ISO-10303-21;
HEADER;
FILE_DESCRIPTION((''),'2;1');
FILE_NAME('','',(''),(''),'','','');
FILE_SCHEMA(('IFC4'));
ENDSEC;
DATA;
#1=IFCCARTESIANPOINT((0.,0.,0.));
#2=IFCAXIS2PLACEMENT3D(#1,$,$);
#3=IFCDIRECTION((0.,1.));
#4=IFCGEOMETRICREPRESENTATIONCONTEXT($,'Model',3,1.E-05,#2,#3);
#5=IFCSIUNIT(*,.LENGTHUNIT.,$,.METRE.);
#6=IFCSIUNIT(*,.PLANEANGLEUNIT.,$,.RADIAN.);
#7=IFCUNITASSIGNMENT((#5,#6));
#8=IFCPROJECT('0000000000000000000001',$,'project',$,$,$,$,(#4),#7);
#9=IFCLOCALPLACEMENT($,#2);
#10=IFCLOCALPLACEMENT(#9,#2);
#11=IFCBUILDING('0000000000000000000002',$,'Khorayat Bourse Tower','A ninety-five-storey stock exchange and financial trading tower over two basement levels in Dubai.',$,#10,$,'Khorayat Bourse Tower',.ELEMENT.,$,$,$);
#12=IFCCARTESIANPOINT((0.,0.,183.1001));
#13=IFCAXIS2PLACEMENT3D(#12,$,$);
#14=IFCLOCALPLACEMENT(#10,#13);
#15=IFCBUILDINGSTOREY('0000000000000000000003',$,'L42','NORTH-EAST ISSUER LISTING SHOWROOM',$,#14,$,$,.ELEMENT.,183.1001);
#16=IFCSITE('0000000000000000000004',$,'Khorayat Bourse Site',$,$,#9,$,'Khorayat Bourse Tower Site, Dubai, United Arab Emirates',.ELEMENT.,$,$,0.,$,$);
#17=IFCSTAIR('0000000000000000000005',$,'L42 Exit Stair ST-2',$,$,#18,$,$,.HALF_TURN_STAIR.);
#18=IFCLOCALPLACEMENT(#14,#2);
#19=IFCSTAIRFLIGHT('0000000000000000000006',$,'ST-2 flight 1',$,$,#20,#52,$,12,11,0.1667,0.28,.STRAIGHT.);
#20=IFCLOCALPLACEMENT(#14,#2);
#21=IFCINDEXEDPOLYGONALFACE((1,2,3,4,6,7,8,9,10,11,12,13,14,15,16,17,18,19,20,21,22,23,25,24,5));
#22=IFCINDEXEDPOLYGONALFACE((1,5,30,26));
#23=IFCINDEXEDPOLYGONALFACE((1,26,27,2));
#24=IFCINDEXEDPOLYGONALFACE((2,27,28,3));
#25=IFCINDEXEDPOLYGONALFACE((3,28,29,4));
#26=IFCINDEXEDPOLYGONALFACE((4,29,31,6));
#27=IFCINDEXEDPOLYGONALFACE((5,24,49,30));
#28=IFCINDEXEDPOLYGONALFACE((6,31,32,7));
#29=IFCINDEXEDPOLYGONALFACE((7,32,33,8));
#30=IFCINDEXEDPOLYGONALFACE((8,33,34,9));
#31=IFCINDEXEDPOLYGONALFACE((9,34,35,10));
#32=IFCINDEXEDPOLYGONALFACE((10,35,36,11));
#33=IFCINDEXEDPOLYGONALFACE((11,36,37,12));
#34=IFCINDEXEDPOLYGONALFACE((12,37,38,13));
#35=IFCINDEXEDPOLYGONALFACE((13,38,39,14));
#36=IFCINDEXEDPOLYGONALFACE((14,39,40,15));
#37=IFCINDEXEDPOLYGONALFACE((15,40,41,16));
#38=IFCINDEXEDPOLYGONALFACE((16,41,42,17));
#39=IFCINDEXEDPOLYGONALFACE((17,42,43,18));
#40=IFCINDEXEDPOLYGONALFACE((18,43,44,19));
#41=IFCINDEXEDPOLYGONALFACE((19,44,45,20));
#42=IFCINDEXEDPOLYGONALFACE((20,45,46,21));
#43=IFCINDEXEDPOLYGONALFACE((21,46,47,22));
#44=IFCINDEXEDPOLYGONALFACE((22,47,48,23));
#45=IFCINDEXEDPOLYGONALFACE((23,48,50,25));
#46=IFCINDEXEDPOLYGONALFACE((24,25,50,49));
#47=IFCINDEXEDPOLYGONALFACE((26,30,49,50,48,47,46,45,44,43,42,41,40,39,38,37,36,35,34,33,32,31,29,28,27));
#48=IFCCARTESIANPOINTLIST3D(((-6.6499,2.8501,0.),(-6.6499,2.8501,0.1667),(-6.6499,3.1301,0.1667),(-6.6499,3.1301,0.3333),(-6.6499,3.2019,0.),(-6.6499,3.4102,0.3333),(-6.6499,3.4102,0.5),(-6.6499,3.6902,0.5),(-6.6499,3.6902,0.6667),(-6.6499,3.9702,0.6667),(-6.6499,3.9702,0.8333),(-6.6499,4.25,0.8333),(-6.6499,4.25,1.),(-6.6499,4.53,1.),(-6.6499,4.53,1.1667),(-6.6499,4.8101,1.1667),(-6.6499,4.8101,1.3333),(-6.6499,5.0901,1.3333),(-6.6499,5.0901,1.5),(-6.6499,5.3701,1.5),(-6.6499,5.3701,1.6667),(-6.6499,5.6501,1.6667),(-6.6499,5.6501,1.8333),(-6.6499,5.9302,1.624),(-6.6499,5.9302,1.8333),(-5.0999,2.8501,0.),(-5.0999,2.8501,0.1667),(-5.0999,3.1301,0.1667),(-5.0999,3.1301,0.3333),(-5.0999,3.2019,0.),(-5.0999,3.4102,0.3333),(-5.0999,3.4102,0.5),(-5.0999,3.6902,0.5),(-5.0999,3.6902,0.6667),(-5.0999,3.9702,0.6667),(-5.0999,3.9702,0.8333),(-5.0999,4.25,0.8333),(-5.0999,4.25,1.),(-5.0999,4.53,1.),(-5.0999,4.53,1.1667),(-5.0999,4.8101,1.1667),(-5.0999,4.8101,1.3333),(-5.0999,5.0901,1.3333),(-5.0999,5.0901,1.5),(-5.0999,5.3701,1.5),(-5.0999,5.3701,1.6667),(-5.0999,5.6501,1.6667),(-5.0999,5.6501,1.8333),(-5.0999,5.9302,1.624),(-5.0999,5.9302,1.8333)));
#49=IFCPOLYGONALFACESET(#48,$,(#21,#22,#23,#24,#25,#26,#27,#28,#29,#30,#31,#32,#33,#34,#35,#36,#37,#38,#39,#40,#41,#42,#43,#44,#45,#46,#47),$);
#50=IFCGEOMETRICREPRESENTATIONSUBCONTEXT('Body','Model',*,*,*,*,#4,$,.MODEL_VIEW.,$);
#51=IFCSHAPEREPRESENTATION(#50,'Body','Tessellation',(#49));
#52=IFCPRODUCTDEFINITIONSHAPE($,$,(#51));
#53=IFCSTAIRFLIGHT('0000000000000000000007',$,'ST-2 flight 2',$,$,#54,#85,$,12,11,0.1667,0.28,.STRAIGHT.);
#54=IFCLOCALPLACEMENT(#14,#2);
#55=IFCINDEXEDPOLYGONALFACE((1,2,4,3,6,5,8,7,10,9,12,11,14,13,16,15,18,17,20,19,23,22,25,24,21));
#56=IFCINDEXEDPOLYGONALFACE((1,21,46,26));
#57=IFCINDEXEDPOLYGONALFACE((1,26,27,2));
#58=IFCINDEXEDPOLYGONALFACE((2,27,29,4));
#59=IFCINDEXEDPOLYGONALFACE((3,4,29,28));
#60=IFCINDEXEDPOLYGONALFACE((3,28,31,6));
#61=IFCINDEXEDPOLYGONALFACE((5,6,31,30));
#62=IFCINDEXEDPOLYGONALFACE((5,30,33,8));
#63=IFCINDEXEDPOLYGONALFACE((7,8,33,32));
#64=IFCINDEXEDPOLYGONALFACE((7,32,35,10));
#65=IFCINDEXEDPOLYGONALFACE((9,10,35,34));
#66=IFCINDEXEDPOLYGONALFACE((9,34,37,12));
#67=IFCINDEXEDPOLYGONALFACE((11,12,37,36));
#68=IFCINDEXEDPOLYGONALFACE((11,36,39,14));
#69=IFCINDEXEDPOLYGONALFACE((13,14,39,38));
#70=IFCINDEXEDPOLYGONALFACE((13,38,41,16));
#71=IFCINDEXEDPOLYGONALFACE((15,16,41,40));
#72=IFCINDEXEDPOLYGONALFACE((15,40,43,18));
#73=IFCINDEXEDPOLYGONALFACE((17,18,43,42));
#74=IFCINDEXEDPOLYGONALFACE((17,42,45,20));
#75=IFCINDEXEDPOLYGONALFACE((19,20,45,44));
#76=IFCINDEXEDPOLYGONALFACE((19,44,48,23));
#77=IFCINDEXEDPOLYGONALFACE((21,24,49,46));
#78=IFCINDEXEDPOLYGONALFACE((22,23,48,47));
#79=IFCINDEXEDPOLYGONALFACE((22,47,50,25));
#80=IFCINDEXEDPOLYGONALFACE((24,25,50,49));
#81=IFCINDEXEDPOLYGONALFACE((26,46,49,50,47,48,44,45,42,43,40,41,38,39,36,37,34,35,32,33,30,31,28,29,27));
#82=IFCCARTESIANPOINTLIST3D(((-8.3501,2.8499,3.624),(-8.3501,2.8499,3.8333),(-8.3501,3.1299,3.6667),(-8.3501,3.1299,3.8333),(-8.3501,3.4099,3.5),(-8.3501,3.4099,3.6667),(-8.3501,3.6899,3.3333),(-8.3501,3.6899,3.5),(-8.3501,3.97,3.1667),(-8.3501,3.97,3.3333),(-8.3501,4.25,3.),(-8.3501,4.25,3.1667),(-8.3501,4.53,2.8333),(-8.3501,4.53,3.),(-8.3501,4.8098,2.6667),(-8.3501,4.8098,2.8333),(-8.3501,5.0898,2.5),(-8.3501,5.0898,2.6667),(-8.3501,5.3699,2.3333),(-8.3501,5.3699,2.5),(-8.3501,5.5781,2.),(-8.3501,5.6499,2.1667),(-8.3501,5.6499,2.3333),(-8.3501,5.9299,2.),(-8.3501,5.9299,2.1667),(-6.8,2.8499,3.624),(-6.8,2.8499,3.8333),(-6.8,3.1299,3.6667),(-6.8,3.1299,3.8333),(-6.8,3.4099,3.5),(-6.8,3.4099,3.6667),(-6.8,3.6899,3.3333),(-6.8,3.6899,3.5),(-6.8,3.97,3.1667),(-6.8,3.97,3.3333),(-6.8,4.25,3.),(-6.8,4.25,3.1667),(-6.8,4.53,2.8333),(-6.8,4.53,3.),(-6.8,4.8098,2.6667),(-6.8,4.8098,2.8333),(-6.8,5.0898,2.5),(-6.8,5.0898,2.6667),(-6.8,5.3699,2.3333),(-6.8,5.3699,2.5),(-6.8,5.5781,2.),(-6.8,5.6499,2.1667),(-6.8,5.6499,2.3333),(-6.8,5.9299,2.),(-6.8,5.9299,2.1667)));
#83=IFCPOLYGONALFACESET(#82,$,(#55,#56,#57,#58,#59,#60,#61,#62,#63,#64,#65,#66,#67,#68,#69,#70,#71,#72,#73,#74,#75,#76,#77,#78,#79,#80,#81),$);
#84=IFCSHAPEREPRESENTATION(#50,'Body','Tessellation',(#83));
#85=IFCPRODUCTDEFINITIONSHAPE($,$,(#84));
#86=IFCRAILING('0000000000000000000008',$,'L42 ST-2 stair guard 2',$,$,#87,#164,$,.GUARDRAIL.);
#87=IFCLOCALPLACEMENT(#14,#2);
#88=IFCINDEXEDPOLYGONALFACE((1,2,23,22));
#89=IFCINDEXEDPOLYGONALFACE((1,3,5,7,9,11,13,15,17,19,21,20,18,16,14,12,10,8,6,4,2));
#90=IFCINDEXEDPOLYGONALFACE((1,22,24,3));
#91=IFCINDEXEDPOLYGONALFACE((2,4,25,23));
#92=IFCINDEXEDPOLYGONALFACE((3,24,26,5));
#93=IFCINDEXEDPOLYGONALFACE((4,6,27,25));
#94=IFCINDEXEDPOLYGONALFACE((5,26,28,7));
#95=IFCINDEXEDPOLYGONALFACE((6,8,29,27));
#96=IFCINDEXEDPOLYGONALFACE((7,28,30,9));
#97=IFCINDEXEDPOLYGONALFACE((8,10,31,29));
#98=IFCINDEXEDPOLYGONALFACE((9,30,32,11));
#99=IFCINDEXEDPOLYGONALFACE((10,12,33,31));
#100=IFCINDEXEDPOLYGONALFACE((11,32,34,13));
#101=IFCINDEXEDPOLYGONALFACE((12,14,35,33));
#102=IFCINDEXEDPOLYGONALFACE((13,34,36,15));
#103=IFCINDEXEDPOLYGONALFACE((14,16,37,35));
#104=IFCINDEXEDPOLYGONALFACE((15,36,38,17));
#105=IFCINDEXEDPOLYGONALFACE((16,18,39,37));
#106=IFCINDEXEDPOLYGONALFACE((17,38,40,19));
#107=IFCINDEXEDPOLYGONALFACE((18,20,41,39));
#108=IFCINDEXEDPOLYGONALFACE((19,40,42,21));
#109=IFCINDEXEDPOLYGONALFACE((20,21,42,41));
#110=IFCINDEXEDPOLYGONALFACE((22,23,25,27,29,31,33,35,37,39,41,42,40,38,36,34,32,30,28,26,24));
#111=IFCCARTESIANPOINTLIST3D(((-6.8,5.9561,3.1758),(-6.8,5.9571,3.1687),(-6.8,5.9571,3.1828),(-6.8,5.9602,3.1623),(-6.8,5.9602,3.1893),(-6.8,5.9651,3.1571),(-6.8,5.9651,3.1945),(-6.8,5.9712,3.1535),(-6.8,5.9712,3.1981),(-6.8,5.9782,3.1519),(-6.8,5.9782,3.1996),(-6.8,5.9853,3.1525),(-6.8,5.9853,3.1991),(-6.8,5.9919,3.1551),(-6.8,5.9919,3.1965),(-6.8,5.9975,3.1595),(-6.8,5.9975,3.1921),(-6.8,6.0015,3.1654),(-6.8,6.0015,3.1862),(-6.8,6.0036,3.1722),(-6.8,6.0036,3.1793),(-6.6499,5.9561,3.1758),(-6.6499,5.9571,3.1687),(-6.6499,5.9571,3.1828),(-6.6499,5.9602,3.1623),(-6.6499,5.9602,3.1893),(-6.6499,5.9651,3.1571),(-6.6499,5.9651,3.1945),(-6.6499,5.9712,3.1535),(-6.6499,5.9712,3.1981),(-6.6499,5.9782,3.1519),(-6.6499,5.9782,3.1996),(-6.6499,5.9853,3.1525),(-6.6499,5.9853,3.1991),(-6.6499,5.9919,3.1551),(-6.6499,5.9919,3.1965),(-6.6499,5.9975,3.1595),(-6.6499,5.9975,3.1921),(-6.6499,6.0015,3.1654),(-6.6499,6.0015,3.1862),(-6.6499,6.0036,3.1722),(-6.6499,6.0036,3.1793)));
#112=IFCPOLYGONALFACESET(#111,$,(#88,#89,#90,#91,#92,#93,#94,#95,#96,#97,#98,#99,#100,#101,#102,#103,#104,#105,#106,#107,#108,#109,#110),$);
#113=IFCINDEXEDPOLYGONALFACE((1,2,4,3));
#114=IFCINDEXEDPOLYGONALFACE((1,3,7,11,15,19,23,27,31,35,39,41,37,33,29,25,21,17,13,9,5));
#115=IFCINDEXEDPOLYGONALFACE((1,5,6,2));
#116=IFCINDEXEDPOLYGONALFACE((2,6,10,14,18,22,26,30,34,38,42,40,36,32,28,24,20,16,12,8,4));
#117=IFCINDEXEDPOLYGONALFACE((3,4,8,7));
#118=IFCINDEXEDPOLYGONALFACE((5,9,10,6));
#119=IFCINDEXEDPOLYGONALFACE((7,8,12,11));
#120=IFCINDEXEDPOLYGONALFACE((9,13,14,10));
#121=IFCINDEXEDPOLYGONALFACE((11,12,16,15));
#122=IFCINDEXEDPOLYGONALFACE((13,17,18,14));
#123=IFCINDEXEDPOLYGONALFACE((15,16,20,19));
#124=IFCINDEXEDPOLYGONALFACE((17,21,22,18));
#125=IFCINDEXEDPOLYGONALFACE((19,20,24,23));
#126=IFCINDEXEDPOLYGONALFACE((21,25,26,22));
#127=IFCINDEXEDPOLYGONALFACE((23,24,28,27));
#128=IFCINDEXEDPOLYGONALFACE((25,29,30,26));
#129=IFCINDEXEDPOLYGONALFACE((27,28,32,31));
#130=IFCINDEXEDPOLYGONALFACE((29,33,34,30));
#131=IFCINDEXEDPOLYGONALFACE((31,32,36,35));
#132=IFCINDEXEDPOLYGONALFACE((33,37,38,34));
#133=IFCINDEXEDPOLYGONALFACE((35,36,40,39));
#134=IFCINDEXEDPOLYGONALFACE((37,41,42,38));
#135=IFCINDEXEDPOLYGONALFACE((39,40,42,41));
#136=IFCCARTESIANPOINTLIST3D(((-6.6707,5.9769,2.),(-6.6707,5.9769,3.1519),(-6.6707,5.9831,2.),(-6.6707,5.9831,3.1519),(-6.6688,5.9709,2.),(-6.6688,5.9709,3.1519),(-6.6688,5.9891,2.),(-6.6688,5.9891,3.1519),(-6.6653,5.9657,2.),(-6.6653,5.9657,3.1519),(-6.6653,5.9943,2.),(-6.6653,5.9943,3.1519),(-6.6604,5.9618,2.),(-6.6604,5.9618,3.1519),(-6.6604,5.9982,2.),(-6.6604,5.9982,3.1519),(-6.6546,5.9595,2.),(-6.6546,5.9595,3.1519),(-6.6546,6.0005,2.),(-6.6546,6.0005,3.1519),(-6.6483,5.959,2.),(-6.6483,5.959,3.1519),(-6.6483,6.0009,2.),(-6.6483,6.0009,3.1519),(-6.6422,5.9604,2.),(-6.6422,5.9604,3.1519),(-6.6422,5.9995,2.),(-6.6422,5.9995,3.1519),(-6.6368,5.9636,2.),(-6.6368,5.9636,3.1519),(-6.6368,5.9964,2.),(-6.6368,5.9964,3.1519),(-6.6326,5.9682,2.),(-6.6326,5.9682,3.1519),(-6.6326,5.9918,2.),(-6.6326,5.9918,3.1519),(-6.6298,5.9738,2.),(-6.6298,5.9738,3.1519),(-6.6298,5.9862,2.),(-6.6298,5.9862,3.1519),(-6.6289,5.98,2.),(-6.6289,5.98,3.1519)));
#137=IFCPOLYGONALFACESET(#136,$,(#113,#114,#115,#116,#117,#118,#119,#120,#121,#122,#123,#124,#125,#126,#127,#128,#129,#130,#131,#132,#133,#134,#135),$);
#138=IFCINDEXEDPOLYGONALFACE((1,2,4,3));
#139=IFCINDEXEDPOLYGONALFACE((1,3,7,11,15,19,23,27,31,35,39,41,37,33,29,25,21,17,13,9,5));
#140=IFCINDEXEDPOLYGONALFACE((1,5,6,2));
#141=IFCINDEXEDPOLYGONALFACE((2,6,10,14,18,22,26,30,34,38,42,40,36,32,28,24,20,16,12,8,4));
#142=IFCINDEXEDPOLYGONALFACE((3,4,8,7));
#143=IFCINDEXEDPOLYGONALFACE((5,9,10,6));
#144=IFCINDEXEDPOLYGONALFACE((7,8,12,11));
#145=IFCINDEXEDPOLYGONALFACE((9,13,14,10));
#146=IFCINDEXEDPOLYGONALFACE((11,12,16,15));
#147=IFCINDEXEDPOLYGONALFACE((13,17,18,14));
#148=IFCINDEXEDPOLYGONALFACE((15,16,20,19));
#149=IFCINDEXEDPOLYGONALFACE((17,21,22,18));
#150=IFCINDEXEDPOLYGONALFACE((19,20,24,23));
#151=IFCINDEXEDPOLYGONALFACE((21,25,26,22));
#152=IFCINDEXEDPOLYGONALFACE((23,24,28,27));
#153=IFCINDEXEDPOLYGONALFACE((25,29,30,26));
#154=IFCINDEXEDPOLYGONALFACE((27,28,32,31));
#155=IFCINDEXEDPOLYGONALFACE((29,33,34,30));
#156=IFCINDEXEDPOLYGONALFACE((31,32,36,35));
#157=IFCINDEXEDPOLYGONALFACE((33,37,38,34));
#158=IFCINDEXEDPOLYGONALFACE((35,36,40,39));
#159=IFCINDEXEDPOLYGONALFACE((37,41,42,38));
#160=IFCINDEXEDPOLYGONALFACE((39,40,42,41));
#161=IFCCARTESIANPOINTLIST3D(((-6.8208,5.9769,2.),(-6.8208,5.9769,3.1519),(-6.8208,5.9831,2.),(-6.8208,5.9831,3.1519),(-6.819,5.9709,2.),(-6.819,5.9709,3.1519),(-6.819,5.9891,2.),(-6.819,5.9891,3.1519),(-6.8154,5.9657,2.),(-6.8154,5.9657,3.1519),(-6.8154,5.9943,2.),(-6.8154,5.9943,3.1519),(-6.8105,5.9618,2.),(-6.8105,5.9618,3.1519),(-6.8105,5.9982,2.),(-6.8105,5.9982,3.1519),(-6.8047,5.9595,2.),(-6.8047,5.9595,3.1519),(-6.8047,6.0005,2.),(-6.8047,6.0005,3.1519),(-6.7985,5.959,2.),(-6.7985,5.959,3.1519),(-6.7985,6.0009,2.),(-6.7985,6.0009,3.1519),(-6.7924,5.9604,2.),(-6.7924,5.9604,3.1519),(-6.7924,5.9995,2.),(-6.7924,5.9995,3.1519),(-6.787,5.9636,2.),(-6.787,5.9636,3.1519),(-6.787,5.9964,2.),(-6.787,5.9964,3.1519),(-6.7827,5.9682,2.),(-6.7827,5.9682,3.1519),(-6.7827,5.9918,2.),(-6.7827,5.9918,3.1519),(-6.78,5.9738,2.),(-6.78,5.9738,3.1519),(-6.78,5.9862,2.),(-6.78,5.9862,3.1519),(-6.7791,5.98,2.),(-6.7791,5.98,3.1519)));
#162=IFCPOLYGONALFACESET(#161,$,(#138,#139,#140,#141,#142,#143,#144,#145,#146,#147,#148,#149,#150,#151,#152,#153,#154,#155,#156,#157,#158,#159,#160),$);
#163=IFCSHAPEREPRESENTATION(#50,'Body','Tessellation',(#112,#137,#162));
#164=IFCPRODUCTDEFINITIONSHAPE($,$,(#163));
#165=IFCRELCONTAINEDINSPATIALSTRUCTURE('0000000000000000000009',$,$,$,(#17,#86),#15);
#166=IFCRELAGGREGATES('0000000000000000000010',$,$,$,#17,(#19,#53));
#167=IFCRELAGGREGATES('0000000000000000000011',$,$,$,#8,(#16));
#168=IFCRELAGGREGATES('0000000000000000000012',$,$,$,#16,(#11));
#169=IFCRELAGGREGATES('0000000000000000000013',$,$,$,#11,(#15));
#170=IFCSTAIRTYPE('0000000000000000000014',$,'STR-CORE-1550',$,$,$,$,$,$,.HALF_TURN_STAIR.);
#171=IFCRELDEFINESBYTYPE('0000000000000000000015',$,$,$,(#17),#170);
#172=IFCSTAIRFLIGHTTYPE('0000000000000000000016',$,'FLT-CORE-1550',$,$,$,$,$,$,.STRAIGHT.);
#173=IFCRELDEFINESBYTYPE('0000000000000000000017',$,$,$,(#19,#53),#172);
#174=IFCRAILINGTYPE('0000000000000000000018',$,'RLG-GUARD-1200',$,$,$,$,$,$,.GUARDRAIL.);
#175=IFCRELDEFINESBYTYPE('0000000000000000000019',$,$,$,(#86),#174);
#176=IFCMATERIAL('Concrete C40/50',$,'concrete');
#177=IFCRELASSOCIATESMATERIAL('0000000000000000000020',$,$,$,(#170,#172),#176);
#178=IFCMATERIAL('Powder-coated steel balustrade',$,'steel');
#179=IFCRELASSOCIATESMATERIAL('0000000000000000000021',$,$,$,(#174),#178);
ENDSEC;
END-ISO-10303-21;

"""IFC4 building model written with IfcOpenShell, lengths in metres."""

from ifc_helpers import new_model, si_unit, direction, frame, origin, origin_2d, place, context, subcontext, project, spatial, polyline, circle, outline, extrude, source, transform, mapped, material, type_object, element, aggregate, save


model = new_model("IFC4")

# Units and contexts
model_context = context("Model", 3, precision=1e-05, world=origin(), true_north=direction((0.0, 1.0)))
body_context = subcontext(model_context, "Body", "Model", "MODEL_VIEW")
ifc_project = project(units=[si_unit("LENGTHUNIT", "METRE"), si_unit("PLANEANGLEUNIT", "RADIAN")], contexts=[model_context])

# Site, building, storey
site_placement = place(None, origin())
site = spatial("IfcSite", under=ifc_project, at=site_placement, Name="Khorayat Bourse Site", LongName="Khorayat Bourse Tower Site, Dubai, United Arab Emirates", CompositionType="ELEMENT", RefElevation=0.0)
building_placement = place(site_placement, origin())
building = spatial("IfcBuilding", under=site, at=building_placement, Name="Khorayat Bourse Tower", Description="A ninety-five-storey stock exchange and financial trading tower over two basement levels in Dubai.", LongName="Khorayat Bourse Tower", CompositionType="ELEMENT")
storey_placement = place(building_placement, frame((0.0, 0.0, 183.1001)))
storey = spatial("IfcBuildingStorey", under=building, at=storey_placement, Name="L42", Description="NORTH-EAST ISSUER LISTING SHOWROOM", CompositionType="ELEMENT", Elevation=183.1001)

# Shared definitions
ifc_material_1 = material(Name="Concrete C40/50", Category="concrete")

# Stair, stair flights
stair_type = type_object("IfcStairType", Name="STR-CORE-1550", PredefinedType="HALF_TURN_STAIR", material=ifc_material_1)
stair_placement = place(storey_placement, origin())
stair = element("IfcStair", 1, at=stair_placement, inside=storey, type_object=stair_type, Name="L42 Exit Stair ST-2", PredefinedType="HALF_TURN_STAIR")
stair_flight_type = type_object("IfcStairFlightType", Name="FLT-CORE-1550", PredefinedType="STRAIGHT", material=ifc_material_1)
shared_shape_1 = source(origin(), body_context, "Body", "SweptSolid", [
    extrude(outline(polyline([(0.0, 0.0), (0.0, 0.1667), (0.28, 0.1667), (0.28, 0.3333), (0.5601, 0.3333), (0.5601, 0.5), (0.8401, 0.5), (0.8401, 0.6667), (1.1201, 0.6667), (1.1201, 0.8333), (1.3999, 0.8333), (1.3999, 1.0), (1.6799, 1.0), (1.6799, 1.1667), (1.96, 1.1667), (1.96, 1.3333), (2.24, 1.3333), (2.24, 1.5), (2.52, 1.5), (2.52, 1.6667), (2.8, 1.6667), (2.8, 1.8333), (3.0801, 1.8333), (3.0801, 2.0), (3.0801, 1.624), (0.3518, 0.0), (0.0, 0.0)])), frame((0.0, 0.7749, 0.0), z_axis=(0.0, -1.0, 0.0), x_axis=(1.0, 0.0, 0.0)), (0.0, 0.0, 1.0), 1.55),
])
stair_flight_1_placement = place(storey_placement, frame((-5.875, 2.8501, 0.0), z_axis=(0.0, 0.0, 1.0), x_axis=(0.0, 1.0, 0.0)))
stair_flight_1 = element("IfcStairFlight", 2, at=stair_flight_1_placement, type_object=stair_flight_type, Name="ST-2 flight 1", NumberOfRisers=12, NumberOfTreads=11, PredefinedType="STRAIGHT", RiserHeight=0.1667, TreadLength=0.28, context=body_context, shape_type="MappedRepresentation", body=[
    mapped(shared_shape_1, transform((0.0, 0.0, 0.0), scale=1.0)),
])
stair_flight_2_placement = place(storey_placement, frame((-7.575, 5.9299, 2.0), z_axis=(0.0, 0.0, 1.0), x_axis=(0.0, -1.0, 0.0)))
stair_flight_2 = element("IfcStairFlight", 3, at=stair_flight_2_placement, type_object=stair_flight_type, Name="ST-2 flight 2", NumberOfRisers=12, NumberOfTreads=11, PredefinedType="STRAIGHT", RiserHeight=0.1667, TreadLength=0.28, context=body_context, shape_type="MappedRepresentation", body=[
    mapped(shared_shape_1, transform((0.0, 0.0, 0.0), scale=1.0)),
])
aggregate(stair, [stair_flight_1, stair_flight_2])

# Railing
ifc_material_2 = material(Name="Powder-coated steel balustrade", Category="steel")
railing_type_1 = type_object("IfcRailingType", Name="RLG-GUARD-1200", PredefinedType="GUARDRAIL", material=ifc_material_2)
shared_shape_2 = source(origin(), body_context, "Body", "SweptSolid", [
    extrude(circle(Radius=0.0239, at=origin_2d()), frame((0.0, 0.0, 1.1758), z_axis=(-1.0, 0.0, 0.0), x_axis=(0.0, -1.0, 0.0)), (0.0, 0.0, 1.0), 0.1501),
    extrude(circle(Radius=0.021, at=origin_2d()), origin(), (0.0, 0.0, 1.0), 1.1519),
    extrude(circle(Radius=0.021, at=origin_2d()), frame((-0.1501, 0.0, 0.0)), (0.0, 0.0, 1.0), 1.1519),
])
for number, where, name in (
    (4, (-6.6499, 5.98, 2.0), "L42 ST-2 stair guard 2"),
):
    element("IfcRailing", number, at=place(storey_placement, frame(where)), inside=storey, type_object=railing_type_1, Name=name, PredefinedType="GUARDRAIL", context=body_context, shape_type="MappedRepresentation", body=[
        mapped(shared_shape_2, transform((0.0, 0.0, 0.0), scale=1.0)),
    ])

save(model, "model.ifc")
